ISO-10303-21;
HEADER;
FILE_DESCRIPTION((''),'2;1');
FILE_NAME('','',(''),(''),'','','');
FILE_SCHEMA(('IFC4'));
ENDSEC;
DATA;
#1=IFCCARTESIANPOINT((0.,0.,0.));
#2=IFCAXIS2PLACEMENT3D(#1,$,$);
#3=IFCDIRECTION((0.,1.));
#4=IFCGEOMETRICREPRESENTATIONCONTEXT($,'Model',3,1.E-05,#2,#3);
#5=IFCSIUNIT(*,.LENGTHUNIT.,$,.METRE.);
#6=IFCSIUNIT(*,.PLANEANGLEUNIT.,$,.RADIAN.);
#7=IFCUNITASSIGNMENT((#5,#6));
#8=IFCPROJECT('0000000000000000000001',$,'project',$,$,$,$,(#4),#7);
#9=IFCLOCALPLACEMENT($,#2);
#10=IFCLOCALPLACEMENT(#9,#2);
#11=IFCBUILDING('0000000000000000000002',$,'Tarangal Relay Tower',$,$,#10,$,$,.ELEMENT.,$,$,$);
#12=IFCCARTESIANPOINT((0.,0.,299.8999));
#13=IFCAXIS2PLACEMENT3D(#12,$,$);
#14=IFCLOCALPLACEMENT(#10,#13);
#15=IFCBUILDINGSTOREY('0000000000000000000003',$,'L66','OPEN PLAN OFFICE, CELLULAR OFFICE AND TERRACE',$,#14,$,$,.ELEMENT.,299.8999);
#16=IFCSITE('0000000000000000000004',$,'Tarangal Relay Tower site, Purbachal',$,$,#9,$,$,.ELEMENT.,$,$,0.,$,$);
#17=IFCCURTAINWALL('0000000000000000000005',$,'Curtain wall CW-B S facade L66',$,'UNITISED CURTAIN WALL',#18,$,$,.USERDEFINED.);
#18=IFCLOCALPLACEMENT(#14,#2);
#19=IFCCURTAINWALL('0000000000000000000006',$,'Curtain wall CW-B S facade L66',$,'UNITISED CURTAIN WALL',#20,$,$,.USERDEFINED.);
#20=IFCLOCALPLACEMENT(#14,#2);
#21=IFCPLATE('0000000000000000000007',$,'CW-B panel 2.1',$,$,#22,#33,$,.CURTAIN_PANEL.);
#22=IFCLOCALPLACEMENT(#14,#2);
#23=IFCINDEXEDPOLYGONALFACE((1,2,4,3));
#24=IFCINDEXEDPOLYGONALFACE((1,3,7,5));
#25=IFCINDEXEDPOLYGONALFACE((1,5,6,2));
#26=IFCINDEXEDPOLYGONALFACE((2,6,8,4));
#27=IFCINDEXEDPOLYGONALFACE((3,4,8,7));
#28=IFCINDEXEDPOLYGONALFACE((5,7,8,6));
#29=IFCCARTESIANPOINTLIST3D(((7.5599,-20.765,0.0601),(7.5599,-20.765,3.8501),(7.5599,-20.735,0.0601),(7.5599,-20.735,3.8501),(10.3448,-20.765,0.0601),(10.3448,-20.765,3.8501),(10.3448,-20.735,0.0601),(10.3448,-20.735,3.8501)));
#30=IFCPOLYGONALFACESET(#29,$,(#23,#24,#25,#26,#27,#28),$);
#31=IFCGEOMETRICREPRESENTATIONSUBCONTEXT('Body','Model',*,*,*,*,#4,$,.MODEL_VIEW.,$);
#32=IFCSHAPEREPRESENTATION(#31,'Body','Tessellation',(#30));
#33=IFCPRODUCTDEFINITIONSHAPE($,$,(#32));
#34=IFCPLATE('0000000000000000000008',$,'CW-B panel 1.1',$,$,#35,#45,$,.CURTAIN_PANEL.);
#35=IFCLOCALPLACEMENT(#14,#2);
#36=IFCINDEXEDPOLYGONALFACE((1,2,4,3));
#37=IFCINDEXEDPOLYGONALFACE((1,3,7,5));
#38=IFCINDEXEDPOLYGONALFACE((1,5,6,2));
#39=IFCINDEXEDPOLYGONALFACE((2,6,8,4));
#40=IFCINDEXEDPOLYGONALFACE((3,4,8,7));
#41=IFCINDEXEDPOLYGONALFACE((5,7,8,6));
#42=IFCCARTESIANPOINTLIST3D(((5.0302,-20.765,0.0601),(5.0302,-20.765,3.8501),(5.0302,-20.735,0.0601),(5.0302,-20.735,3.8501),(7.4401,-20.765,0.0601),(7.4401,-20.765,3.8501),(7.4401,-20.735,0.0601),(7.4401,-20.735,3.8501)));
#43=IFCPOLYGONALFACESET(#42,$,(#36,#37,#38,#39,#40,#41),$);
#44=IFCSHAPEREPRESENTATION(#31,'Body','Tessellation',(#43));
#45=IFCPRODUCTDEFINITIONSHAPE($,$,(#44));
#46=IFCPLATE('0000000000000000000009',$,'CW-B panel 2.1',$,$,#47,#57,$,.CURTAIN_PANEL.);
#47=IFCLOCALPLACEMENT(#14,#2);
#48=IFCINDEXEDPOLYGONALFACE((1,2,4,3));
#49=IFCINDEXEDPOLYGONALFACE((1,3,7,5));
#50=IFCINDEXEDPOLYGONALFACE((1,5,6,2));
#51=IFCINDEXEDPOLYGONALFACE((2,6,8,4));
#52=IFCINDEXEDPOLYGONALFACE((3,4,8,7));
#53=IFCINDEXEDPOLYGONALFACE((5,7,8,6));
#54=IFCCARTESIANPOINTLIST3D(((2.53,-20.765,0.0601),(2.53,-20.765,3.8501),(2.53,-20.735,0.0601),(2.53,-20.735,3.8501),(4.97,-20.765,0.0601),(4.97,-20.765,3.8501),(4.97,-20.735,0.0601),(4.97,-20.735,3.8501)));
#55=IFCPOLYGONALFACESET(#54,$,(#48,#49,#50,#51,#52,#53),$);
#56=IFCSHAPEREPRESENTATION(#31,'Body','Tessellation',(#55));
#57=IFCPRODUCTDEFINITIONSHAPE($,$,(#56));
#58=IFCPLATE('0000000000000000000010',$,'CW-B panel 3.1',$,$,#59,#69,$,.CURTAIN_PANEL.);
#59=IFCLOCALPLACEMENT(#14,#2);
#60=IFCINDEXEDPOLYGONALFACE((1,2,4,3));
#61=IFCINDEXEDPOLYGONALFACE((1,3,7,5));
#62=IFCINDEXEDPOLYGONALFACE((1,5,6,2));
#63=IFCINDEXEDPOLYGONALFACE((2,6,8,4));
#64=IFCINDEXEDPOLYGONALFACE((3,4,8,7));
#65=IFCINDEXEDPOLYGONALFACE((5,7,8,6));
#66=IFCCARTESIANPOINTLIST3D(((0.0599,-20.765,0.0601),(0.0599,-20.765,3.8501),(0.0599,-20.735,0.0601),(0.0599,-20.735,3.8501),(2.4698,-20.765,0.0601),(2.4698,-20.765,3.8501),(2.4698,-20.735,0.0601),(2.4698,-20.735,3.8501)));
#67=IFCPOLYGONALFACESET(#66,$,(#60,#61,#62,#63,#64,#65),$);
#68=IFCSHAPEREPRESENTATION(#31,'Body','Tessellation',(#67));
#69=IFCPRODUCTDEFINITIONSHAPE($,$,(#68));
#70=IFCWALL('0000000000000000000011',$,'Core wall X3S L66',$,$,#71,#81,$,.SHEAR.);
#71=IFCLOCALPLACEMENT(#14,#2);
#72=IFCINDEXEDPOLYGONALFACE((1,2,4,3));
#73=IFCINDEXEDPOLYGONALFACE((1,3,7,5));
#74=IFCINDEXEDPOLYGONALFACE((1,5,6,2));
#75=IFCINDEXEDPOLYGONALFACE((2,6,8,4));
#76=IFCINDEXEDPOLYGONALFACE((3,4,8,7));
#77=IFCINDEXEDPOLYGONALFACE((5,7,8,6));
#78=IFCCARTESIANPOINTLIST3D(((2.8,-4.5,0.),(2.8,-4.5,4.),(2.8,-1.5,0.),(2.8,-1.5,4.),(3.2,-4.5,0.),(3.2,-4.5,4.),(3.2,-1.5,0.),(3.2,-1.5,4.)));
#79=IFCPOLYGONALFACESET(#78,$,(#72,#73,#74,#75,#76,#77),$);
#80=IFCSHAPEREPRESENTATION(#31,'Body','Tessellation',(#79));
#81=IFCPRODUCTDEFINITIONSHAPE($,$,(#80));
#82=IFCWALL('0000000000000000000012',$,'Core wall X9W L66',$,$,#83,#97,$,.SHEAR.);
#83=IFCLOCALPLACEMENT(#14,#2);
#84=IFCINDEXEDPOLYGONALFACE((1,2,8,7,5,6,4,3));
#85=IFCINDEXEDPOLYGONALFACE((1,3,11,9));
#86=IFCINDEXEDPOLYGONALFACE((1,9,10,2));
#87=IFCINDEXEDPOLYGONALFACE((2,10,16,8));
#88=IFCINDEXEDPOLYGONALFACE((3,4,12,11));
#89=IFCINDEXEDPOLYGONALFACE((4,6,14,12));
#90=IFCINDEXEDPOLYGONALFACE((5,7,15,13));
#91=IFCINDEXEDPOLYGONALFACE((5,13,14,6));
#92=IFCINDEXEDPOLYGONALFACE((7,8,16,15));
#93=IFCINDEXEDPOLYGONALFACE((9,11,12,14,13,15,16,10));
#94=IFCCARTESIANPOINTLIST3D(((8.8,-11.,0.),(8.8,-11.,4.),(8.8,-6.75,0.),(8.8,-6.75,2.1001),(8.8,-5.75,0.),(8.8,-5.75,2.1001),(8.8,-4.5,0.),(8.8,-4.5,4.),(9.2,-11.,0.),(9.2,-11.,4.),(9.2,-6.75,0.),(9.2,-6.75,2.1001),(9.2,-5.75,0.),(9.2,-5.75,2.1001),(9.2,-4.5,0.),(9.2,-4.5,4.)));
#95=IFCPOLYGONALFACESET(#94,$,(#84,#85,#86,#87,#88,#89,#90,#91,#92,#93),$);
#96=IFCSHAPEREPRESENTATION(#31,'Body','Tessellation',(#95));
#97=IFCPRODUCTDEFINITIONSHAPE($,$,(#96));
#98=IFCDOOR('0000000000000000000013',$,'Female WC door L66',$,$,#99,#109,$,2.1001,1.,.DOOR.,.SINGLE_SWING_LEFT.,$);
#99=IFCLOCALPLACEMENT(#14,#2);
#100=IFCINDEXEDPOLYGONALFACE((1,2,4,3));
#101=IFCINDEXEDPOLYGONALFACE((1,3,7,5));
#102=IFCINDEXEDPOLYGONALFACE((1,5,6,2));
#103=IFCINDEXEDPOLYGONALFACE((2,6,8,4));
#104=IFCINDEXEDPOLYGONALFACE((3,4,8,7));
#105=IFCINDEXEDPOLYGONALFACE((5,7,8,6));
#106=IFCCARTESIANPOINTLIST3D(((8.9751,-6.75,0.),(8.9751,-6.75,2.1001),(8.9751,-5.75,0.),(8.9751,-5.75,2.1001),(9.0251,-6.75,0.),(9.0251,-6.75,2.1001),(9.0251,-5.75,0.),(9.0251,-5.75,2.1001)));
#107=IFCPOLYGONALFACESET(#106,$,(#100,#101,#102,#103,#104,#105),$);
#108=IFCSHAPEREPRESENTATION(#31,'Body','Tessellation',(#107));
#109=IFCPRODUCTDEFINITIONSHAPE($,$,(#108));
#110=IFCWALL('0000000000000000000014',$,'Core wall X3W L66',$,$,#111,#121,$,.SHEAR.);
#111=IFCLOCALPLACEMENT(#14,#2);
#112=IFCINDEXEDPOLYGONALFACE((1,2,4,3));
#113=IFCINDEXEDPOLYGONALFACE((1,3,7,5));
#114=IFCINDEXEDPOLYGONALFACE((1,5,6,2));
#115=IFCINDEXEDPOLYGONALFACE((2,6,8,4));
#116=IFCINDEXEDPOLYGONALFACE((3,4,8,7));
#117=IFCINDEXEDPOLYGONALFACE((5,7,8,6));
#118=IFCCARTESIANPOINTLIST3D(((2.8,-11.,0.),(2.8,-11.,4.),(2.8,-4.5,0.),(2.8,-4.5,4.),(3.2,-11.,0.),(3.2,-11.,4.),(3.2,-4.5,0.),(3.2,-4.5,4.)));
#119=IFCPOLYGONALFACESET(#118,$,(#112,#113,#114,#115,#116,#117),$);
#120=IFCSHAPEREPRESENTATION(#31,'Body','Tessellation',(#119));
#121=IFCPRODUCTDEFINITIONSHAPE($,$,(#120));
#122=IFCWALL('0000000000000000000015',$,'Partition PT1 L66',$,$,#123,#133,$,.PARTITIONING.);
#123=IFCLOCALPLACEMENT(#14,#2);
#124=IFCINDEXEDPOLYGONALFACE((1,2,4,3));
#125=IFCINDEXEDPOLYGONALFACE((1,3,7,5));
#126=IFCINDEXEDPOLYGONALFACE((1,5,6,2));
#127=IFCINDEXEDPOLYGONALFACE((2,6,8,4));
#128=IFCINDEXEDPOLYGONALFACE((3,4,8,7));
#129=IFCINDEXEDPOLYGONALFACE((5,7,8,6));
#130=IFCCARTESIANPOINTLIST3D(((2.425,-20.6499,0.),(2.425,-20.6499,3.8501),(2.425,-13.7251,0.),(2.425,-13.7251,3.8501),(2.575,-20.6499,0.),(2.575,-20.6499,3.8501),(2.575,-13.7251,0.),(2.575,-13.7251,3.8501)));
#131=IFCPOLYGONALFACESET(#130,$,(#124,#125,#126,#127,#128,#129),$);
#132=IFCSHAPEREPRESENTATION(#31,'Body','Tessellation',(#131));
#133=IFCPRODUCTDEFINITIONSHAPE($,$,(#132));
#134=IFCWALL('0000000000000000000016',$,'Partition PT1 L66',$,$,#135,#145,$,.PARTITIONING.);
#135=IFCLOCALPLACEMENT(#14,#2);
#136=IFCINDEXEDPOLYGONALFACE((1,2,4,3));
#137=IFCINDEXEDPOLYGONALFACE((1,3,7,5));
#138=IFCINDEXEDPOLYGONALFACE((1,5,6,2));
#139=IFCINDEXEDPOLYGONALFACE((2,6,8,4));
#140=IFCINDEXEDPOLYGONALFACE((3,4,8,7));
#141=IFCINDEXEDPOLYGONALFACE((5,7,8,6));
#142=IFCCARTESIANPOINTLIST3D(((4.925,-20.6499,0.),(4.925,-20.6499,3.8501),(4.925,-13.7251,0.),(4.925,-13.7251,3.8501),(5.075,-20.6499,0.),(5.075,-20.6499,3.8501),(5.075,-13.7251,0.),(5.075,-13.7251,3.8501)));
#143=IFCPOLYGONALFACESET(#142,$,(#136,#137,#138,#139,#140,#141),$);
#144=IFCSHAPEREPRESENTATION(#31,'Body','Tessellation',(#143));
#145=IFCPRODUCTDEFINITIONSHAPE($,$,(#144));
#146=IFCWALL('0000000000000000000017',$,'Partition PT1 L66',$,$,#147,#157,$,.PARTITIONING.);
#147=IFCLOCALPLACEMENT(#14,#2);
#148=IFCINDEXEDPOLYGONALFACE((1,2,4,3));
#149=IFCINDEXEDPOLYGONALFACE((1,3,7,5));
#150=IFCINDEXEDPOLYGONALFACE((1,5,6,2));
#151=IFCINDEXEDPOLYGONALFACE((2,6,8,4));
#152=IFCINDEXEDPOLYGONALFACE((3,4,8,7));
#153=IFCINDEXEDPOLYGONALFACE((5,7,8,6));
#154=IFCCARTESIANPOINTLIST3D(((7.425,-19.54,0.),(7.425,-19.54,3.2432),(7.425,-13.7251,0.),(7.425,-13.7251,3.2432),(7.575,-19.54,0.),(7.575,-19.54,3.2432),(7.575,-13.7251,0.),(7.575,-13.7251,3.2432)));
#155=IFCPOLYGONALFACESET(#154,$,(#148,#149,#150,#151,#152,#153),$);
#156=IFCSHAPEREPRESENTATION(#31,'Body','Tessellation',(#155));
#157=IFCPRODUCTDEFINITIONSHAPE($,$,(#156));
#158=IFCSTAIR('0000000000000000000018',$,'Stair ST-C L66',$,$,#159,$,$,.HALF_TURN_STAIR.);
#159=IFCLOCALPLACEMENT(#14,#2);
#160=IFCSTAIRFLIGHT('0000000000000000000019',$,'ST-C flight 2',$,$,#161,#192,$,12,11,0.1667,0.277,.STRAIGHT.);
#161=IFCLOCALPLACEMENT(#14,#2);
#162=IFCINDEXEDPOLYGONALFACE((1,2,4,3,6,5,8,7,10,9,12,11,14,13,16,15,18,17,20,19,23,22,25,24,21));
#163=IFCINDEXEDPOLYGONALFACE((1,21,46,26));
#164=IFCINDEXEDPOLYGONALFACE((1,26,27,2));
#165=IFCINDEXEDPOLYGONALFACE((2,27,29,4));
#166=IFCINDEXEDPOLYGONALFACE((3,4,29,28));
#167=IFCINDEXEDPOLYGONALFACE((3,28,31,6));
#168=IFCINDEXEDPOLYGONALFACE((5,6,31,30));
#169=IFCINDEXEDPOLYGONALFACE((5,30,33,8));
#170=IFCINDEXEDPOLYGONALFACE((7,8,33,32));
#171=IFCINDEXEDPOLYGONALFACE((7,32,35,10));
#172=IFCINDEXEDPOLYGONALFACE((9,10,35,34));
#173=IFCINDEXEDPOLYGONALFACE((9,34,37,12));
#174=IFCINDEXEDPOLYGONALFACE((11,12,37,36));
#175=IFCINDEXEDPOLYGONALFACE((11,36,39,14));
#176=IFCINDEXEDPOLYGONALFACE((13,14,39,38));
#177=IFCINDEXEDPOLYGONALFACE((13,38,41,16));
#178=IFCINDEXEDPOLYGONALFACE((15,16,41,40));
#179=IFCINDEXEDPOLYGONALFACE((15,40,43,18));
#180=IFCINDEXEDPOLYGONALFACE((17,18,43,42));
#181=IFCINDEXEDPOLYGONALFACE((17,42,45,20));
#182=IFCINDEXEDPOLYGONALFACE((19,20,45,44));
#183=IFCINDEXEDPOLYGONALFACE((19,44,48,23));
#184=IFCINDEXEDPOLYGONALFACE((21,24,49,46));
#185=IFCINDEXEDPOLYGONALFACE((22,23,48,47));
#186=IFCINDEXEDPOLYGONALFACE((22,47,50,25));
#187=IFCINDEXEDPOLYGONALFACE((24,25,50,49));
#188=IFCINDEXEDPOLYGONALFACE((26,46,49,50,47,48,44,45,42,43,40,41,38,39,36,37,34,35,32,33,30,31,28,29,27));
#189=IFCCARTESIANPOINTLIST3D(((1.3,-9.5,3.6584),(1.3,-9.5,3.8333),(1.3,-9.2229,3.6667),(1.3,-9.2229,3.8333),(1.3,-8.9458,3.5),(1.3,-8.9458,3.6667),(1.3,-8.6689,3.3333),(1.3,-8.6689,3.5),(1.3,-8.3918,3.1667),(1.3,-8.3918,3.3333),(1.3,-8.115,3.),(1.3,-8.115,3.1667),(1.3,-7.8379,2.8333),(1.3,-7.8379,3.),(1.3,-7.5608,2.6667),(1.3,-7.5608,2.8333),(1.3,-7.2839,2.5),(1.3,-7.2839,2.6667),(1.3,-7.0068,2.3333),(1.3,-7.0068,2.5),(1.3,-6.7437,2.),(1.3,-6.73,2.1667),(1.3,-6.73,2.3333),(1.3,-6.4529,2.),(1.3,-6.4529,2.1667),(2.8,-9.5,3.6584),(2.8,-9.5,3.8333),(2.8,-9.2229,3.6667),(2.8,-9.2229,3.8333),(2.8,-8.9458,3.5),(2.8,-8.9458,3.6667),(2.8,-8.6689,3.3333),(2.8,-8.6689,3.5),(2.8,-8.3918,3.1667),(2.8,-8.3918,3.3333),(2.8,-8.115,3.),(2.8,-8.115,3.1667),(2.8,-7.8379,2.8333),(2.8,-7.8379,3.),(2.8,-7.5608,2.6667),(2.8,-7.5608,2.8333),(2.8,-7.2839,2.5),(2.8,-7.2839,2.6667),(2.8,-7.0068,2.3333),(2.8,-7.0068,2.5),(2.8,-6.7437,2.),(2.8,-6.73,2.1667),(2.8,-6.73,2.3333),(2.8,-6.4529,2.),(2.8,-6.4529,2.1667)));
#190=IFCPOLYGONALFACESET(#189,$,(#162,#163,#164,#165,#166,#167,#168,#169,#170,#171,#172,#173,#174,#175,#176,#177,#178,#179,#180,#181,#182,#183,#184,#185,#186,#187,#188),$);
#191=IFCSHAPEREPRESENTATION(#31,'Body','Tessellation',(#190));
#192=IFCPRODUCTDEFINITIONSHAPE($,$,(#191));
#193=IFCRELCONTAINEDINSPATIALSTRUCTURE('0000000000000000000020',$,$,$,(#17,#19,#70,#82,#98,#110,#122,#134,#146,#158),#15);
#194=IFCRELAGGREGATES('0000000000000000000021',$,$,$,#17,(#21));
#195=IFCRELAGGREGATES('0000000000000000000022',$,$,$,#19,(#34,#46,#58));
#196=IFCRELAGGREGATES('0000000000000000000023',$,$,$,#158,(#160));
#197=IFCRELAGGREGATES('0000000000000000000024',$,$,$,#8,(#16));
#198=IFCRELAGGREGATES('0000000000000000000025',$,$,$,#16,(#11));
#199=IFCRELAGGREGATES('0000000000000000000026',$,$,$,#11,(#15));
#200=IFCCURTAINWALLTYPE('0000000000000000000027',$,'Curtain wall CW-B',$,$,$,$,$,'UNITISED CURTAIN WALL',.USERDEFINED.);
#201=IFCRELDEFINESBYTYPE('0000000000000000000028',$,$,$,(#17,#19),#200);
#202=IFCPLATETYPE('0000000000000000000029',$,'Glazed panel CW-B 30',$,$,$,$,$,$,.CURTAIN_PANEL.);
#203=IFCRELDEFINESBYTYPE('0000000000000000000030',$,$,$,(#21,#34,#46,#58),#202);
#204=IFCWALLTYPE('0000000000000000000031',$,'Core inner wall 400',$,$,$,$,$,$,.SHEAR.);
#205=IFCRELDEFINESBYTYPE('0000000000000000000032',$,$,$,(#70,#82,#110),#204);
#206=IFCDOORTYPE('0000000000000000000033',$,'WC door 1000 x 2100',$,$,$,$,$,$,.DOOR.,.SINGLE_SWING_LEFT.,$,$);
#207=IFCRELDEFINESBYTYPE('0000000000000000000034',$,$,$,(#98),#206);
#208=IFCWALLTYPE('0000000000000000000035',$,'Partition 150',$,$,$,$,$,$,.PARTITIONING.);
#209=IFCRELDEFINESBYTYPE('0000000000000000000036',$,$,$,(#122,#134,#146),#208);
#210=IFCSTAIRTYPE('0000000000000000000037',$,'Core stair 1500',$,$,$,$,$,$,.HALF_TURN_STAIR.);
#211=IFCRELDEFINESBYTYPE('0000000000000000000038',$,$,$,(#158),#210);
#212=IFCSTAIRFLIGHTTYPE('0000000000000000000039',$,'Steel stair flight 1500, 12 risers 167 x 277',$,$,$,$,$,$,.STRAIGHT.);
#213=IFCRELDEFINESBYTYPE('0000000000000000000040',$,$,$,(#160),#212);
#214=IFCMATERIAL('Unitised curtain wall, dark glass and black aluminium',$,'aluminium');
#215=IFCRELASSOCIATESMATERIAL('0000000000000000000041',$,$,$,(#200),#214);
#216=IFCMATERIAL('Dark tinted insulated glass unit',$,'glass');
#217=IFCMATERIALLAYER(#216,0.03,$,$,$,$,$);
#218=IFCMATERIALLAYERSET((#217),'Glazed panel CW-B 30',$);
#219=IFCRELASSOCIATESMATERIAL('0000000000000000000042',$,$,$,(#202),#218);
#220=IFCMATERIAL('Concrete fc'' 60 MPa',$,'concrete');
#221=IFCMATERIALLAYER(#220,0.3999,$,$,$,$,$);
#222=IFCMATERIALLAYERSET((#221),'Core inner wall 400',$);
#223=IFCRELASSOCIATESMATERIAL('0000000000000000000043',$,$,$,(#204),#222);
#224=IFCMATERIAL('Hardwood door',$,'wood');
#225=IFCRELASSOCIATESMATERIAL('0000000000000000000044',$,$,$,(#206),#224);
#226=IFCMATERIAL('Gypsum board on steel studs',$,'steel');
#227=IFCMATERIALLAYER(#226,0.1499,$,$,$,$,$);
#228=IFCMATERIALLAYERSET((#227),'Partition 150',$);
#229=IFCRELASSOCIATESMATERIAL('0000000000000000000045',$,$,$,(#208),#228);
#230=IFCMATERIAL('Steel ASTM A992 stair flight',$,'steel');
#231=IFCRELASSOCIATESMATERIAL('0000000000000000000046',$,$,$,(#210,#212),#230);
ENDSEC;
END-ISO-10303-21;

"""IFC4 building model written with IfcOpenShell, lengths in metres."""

from ifc_helpers import new_model, si_unit, direction, frame, frame_2d, origin, origin_2d, place, context, subcontext, project, spatial, polyline, rectangle, outline, extrude, material, layer, layer_set, type_object, element, fill, aggregate, save


model = new_model("IFC4")

# Units and contexts
model_context = context("Model", 3, precision=1e-05, world=origin(), true_north=direction((0.0, 1.0)))
body_context = subcontext(model_context, "Body", "Model", "MODEL_VIEW")
ifc_project = project(units=[si_unit("LENGTHUNIT", "METRE"), si_unit("PLANEANGLEUNIT", "RADIAN")], contexts=[model_context])

# Site, building, storey
site_placement = place(None, origin())
site = spatial("IfcSite", under=ifc_project, at=site_placement, Name="Tarangal Relay Tower site, Purbachal", CompositionType="ELEMENT", RefElevation=0.0)
building_placement = place(site_placement, origin())
building = spatial("IfcBuilding", under=site, at=building_placement, Name="Tarangal Relay Tower", CompositionType="ELEMENT")
storey_placement = place(building_placement, frame((0.0, 0.0, 299.8999)))
storey = spatial("IfcBuildingStorey", under=building, at=storey_placement, Name="L66", Description="OPEN PLAN OFFICE, CELLULAR OFFICE AND TERRACE", CompositionType="ELEMENT", Elevation=299.8999)

# Curtain wall
ifc_material_1 = material(Name="Unitised curtain wall, dark glass and black aluminium", Category="aluminium")
curtain_wall_type = type_object("IfcCurtainWallType", Name="Curtain wall CW-B", ElementType="UNITISED CURTAIN WALL", PredefinedType="USERDEFINED", material=ifc_material_1)
curtain_wall_1_placement = place(storey_placement, origin())
curtain_wall_1 = element("IfcCurtainWall", 1, at=curtain_wall_1_placement, inside=storey, type_object=curtain_wall_type, Name="Curtain wall CW-B S facade L66", ObjectType="UNITISED CURTAIN WALL", PredefinedType="USERDEFINED")

# Curtain wall
curtain_wall_2_placement = place(storey_placement, origin())
curtain_wall_2 = element("IfcCurtainWall", 2, at=curtain_wall_2_placement, inside=storey, type_object=curtain_wall_type, Name="Curtain wall CW-B S facade L66", ObjectType="UNITISED CURTAIN WALL", PredefinedType="USERDEFINED")

# Plates
ifc_material_2 = material(Name="Dark tinted insulated glass unit", Category="glass")
ifc_layer_1 = layer(ifc_material_2, 0.03)
ifc_layer_set_1 = layer_set([ifc_layer_1], Name="Glazed panel CW-B 30")
plate_type = type_object("IfcPlateType", Name="Glazed panel CW-B 30", PredefinedType="CURTAIN_PANEL", material=ifc_layer_set_1)
plate_1_placement = place(storey_placement, frame((8.9524, -20.75, 0.0601), z_axis=(0.0, 0.0, 1.0), x_axis=(-1.0, 0.0, 0.0)))
plate_1 = element("IfcPlate", 3, at=plate_1_placement, type_object=plate_type, Name="CW-B panel 2.1", PredefinedType="CURTAIN_PANEL", context=body_context, shape_type="SweptSolid", body=[
    extrude(rectangle(XDim=2.7849, YDim=0.03, at=origin_2d()), origin(), (0.0, 0.0, 1.0), 3.79),
])
aggregate(curtain_wall_1, [plate_1])
plate_2_placement = place(storey_placement, frame((6.2351, -20.75, 0.0601), z_axis=(0.0, 0.0, 1.0), x_axis=(-1.0, 0.0, 0.0)))
plate_2 = element("IfcPlate", 4, at=plate_2_placement, type_object=plate_type, Name="CW-B panel 1.1", PredefinedType="CURTAIN_PANEL", context=body_context, shape_type="SweptSolid", body=[
    extrude(rectangle(XDim=2.4099, YDim=0.03, at=origin_2d()), origin(), (0.0, 0.0, 1.0), 3.79),
])
plate_3_placement = place(storey_placement, frame((3.75, -20.75, 0.0601), z_axis=(0.0, 0.0, 1.0), x_axis=(-1.0, 0.0, 0.0)))
plate_3 = element("IfcPlate", 5, at=plate_3_placement, type_object=plate_type, Name="CW-B panel 2.1", PredefinedType="CURTAIN_PANEL", context=body_context, shape_type="SweptSolid", body=[
    extrude(rectangle(XDim=2.4399, YDim=0.03, at=origin_2d()), origin(), (0.0, 0.0, 1.0), 3.79),
])
plate_4_placement = place(storey_placement, frame((1.2649, -20.75, 0.0601), z_axis=(0.0, 0.0, 1.0), x_axis=(-1.0, 0.0, 0.0)))
plate_4 = element("IfcPlate", 6, at=plate_4_placement, type_object=plate_type, Name="CW-B panel 3.1", PredefinedType="CURTAIN_PANEL", context=body_context, shape_type="SweptSolid", body=[
    extrude(rectangle(XDim=2.4099, YDim=0.03, at=origin_2d()), origin(), (0.0, 0.0, 1.0), 3.79),
])
aggregate(curtain_wall_2, [plate_2, plate_3, plate_4])

# Wall
ifc_material_3 = material(Name="Concrete fc' 60 MPa", Category="concrete")
ifc_layer_2 = layer(ifc_material_3, 0.3999)
ifc_layer_set_2 = layer_set([ifc_layer_2], Name="Core inner wall 400")
wall_type_1 = type_object("IfcWallType", Name="Core inner wall 400", PredefinedType="SHEAR", material=ifc_layer_set_2)
wall_1_placement = place(storey_placement, frame((3.0, -4.5, 0.0), z_axis=(0.0, 0.0, 1.0), x_axis=(0.0, 1.0, 0.0)))
element("IfcWall", 7, at=wall_1_placement, inside=storey, type_object=wall_type_1, Name="Core wall X3S L66", PredefinedType="SHEAR", context=body_context, shape_type="SweptSolid", body=[
    extrude(rectangle(XDim=3.0, YDim=0.3999, at=frame_2d((1.5, 0.0))), origin(), (0.0, 0.0, 1.0), 4.0),
])

# Wall, opening, door
wall_2_placement = place(storey_placement, frame((9.0, -11.0, 0.0), z_axis=(0.0, 0.0, 1.0), x_axis=(0.0, 1.0, 0.0)))
wall_2 = element("IfcWall", 8, at=wall_2_placement, inside=storey, type_object=wall_type_1, Name="Core wall X9W L66", PredefinedType="SHEAR", context=body_context, shape_type="SweptSolid", body=[
    extrude(rectangle(XDim=6.5, YDim=0.3999, at=frame_2d((3.25, 0.0))), origin(), (0.0, 0.0, 1.0), 4.0),
])
opening_placement = place(wall_2_placement, frame((4.25, 0.0, 0.0)))
opening = element("IfcOpeningElement", 9, at=opening_placement, cuts=wall_2, PredefinedType="OPENING", context=body_context, shape_type="SweptSolid", body=[
    extrude(rectangle(XDim=1.0, YDim=2.1001, at=frame_2d((0.5, 1.05))), frame((0.0, 0.21, 0.0), z_axis=(0.0, -1.0, 0.0), x_axis=(1.0, 0.0, 0.0)), (0.0, 0.0, 1.0), 0.4199),
])
ifc_material_4 = material(Name="Hardwood door", Category="wood")
door_type = type_object("IfcDoorType", Name="WC door 1000 x 2100", OperationType="SINGLE_SWING_LEFT", PredefinedType="DOOR", material=ifc_material_4)
door_placement = place(opening_placement, origin())
door = element("IfcDoor", 10, at=door_placement, inside=storey, type_object=door_type, Name="Female WC door L66", OperationType="SINGLE_SWING_LEFT", OverallHeight=2.1001, OverallWidth=1.0, PredefinedType="DOOR", context=body_context, shape_type="SweptSolid", body=[
    extrude(rectangle(XDim=1.0, YDim=2.1001, at=frame_2d((0.5, 1.05))), frame((0.0, 0.0249, 0.0), z_axis=(0.0, -1.0, 0.0), x_axis=(1.0, 0.0, 0.0)), (0.0, 0.0, 1.0), 0.05),
])
fill(opening, door)

# Walls
wall_3_placement = place(storey_placement, frame((3.0, -11.0, 0.0), z_axis=(0.0, 0.0, 1.0), x_axis=(0.0, 1.0, 0.0)))
element("IfcWall", 11, at=wall_3_placement, inside=storey, type_object=wall_type_1, Name="Core wall X3W L66", PredefinedType="SHEAR", context=body_context, shape_type="SweptSolid", body=[
    extrude(rectangle(XDim=6.5, YDim=0.3999, at=frame_2d((3.25, 0.0))), origin(), (0.0, 0.0, 1.0), 4.0),
])
ifc_material_5 = material(Name="Gypsum board on steel studs", Category="steel")
ifc_layer_3 = layer(ifc_material_5, 0.1499)
ifc_layer_set_3 = layer_set([ifc_layer_3], Name="Partition 150")
wall_type_2 = type_object("IfcWallType", Name="Partition 150", PredefinedType="PARTITIONING", material=ifc_layer_set_3)
for number, where, z_axis, x_axis, name in (
    (12, (2.5, -20.6499, 0.0), (0.0, 0.0, 1.0), (0.0, 1.0, 0.0), "Partition PT1 L66"),
    (13, (5.0, -20.6499, 0.0), (0.0, 0.0, 1.0), (0.0, 1.0, 0.0), "Partition PT1 L66"),
):
    element("IfcWall", number, at=place(storey_placement, frame(where, z_axis=z_axis, x_axis=x_axis)), inside=storey, type_object=wall_type_2, Name=name, PredefinedType="PARTITIONING", context=body_context, shape_type="SweptSolid", body=[
        extrude(rectangle(XDim=6.9248, YDim=0.1499, at=frame_2d((3.4624, 0.0))), origin(), (0.0, 0.0, 1.0), 3.8501),
    ])
wall_4_placement = place(storey_placement, frame((7.5, -19.54, 0.0), z_axis=(0.0, 0.0, 1.0), x_axis=(0.0, 1.0, 0.0)))
element("IfcWall", 14, at=wall_4_placement, inside=storey, type_object=wall_type_2, Name="Partition PT1 L66", PredefinedType="PARTITIONING", context=body_context, shape_type="SweptSolid", body=[
    extrude(rectangle(XDim=5.8149, YDim=0.1499, at=frame_2d((2.9075, 0.0))), origin(), (0.0, 0.0, 1.0), 3.2432),
])

# Stair, stair flight
ifc_material_6 = material(Name="Steel ASTM A992 stair flight", Category="steel")
stair_type = type_object("IfcStairType", Name="Core stair 1500", PredefinedType="HALF_TURN_STAIR", material=ifc_material_6)
stair_placement = place(storey_placement, origin())
stair = element("IfcStair", 15, at=stair_placement, inside=storey, type_object=stair_type, Name="Stair ST-C L66", PredefinedType="HALF_TURN_STAIR")
stair_flight_type = type_object("IfcStairFlightType", Name="Steel stair flight 1500, 12 risers 167 x 277", PredefinedType="STRAIGHT", material=ifc_material_6)
stair_flight_placement = place(storey_placement, frame((2.05, -6.4529, 2.0), z_axis=(0.0, 0.0, 1.0), x_axis=(0.0, -1.0, 0.0)))
stair_flight = element("IfcStairFlight", 16, at=stair_flight_placement, type_object=stair_flight_type, Name="ST-C flight 2", NumberOfRisers=12, NumberOfTreads=11, PredefinedType="STRAIGHT", RiserHeight=0.1667, TreadLength=0.277, context=body_context, shape_type="SweptSolid", body=[
    extrude(outline(polyline([(0.0, 0.0), (0.0, 0.1667), (0.2771, 0.1667), (0.2771, 0.3333), (0.554, 0.3333), (0.554, 0.5), (0.8311, 0.5), (0.8311, 0.6667), (1.1079, 0.6667), (1.1079, 0.8333), (1.385, 0.8333), (1.385, 1.0), (1.6621, 1.0), (1.6621, 1.1667), (1.939, 1.1667), (1.939, 1.3333), (2.2161, 1.3333), (2.2161, 1.5), (2.4929, 1.5), (2.4929, 1.6667), (2.77, 1.6667), (2.77, 1.8333), (3.0471, 1.8333), (3.0471, 2.0), (3.0471, 1.6584), (0.2908, 0.0), (0.0, 0.0)])), frame((0.0, 0.75, 0.0), z_axis=(0.0, -1.0, 0.0), x_axis=(1.0, 0.0, 0.0)), (0.0, 0.0, 1.0), 1.5),
])
aggregate(stair, [stair_flight])

save(model, "model.ifc")
